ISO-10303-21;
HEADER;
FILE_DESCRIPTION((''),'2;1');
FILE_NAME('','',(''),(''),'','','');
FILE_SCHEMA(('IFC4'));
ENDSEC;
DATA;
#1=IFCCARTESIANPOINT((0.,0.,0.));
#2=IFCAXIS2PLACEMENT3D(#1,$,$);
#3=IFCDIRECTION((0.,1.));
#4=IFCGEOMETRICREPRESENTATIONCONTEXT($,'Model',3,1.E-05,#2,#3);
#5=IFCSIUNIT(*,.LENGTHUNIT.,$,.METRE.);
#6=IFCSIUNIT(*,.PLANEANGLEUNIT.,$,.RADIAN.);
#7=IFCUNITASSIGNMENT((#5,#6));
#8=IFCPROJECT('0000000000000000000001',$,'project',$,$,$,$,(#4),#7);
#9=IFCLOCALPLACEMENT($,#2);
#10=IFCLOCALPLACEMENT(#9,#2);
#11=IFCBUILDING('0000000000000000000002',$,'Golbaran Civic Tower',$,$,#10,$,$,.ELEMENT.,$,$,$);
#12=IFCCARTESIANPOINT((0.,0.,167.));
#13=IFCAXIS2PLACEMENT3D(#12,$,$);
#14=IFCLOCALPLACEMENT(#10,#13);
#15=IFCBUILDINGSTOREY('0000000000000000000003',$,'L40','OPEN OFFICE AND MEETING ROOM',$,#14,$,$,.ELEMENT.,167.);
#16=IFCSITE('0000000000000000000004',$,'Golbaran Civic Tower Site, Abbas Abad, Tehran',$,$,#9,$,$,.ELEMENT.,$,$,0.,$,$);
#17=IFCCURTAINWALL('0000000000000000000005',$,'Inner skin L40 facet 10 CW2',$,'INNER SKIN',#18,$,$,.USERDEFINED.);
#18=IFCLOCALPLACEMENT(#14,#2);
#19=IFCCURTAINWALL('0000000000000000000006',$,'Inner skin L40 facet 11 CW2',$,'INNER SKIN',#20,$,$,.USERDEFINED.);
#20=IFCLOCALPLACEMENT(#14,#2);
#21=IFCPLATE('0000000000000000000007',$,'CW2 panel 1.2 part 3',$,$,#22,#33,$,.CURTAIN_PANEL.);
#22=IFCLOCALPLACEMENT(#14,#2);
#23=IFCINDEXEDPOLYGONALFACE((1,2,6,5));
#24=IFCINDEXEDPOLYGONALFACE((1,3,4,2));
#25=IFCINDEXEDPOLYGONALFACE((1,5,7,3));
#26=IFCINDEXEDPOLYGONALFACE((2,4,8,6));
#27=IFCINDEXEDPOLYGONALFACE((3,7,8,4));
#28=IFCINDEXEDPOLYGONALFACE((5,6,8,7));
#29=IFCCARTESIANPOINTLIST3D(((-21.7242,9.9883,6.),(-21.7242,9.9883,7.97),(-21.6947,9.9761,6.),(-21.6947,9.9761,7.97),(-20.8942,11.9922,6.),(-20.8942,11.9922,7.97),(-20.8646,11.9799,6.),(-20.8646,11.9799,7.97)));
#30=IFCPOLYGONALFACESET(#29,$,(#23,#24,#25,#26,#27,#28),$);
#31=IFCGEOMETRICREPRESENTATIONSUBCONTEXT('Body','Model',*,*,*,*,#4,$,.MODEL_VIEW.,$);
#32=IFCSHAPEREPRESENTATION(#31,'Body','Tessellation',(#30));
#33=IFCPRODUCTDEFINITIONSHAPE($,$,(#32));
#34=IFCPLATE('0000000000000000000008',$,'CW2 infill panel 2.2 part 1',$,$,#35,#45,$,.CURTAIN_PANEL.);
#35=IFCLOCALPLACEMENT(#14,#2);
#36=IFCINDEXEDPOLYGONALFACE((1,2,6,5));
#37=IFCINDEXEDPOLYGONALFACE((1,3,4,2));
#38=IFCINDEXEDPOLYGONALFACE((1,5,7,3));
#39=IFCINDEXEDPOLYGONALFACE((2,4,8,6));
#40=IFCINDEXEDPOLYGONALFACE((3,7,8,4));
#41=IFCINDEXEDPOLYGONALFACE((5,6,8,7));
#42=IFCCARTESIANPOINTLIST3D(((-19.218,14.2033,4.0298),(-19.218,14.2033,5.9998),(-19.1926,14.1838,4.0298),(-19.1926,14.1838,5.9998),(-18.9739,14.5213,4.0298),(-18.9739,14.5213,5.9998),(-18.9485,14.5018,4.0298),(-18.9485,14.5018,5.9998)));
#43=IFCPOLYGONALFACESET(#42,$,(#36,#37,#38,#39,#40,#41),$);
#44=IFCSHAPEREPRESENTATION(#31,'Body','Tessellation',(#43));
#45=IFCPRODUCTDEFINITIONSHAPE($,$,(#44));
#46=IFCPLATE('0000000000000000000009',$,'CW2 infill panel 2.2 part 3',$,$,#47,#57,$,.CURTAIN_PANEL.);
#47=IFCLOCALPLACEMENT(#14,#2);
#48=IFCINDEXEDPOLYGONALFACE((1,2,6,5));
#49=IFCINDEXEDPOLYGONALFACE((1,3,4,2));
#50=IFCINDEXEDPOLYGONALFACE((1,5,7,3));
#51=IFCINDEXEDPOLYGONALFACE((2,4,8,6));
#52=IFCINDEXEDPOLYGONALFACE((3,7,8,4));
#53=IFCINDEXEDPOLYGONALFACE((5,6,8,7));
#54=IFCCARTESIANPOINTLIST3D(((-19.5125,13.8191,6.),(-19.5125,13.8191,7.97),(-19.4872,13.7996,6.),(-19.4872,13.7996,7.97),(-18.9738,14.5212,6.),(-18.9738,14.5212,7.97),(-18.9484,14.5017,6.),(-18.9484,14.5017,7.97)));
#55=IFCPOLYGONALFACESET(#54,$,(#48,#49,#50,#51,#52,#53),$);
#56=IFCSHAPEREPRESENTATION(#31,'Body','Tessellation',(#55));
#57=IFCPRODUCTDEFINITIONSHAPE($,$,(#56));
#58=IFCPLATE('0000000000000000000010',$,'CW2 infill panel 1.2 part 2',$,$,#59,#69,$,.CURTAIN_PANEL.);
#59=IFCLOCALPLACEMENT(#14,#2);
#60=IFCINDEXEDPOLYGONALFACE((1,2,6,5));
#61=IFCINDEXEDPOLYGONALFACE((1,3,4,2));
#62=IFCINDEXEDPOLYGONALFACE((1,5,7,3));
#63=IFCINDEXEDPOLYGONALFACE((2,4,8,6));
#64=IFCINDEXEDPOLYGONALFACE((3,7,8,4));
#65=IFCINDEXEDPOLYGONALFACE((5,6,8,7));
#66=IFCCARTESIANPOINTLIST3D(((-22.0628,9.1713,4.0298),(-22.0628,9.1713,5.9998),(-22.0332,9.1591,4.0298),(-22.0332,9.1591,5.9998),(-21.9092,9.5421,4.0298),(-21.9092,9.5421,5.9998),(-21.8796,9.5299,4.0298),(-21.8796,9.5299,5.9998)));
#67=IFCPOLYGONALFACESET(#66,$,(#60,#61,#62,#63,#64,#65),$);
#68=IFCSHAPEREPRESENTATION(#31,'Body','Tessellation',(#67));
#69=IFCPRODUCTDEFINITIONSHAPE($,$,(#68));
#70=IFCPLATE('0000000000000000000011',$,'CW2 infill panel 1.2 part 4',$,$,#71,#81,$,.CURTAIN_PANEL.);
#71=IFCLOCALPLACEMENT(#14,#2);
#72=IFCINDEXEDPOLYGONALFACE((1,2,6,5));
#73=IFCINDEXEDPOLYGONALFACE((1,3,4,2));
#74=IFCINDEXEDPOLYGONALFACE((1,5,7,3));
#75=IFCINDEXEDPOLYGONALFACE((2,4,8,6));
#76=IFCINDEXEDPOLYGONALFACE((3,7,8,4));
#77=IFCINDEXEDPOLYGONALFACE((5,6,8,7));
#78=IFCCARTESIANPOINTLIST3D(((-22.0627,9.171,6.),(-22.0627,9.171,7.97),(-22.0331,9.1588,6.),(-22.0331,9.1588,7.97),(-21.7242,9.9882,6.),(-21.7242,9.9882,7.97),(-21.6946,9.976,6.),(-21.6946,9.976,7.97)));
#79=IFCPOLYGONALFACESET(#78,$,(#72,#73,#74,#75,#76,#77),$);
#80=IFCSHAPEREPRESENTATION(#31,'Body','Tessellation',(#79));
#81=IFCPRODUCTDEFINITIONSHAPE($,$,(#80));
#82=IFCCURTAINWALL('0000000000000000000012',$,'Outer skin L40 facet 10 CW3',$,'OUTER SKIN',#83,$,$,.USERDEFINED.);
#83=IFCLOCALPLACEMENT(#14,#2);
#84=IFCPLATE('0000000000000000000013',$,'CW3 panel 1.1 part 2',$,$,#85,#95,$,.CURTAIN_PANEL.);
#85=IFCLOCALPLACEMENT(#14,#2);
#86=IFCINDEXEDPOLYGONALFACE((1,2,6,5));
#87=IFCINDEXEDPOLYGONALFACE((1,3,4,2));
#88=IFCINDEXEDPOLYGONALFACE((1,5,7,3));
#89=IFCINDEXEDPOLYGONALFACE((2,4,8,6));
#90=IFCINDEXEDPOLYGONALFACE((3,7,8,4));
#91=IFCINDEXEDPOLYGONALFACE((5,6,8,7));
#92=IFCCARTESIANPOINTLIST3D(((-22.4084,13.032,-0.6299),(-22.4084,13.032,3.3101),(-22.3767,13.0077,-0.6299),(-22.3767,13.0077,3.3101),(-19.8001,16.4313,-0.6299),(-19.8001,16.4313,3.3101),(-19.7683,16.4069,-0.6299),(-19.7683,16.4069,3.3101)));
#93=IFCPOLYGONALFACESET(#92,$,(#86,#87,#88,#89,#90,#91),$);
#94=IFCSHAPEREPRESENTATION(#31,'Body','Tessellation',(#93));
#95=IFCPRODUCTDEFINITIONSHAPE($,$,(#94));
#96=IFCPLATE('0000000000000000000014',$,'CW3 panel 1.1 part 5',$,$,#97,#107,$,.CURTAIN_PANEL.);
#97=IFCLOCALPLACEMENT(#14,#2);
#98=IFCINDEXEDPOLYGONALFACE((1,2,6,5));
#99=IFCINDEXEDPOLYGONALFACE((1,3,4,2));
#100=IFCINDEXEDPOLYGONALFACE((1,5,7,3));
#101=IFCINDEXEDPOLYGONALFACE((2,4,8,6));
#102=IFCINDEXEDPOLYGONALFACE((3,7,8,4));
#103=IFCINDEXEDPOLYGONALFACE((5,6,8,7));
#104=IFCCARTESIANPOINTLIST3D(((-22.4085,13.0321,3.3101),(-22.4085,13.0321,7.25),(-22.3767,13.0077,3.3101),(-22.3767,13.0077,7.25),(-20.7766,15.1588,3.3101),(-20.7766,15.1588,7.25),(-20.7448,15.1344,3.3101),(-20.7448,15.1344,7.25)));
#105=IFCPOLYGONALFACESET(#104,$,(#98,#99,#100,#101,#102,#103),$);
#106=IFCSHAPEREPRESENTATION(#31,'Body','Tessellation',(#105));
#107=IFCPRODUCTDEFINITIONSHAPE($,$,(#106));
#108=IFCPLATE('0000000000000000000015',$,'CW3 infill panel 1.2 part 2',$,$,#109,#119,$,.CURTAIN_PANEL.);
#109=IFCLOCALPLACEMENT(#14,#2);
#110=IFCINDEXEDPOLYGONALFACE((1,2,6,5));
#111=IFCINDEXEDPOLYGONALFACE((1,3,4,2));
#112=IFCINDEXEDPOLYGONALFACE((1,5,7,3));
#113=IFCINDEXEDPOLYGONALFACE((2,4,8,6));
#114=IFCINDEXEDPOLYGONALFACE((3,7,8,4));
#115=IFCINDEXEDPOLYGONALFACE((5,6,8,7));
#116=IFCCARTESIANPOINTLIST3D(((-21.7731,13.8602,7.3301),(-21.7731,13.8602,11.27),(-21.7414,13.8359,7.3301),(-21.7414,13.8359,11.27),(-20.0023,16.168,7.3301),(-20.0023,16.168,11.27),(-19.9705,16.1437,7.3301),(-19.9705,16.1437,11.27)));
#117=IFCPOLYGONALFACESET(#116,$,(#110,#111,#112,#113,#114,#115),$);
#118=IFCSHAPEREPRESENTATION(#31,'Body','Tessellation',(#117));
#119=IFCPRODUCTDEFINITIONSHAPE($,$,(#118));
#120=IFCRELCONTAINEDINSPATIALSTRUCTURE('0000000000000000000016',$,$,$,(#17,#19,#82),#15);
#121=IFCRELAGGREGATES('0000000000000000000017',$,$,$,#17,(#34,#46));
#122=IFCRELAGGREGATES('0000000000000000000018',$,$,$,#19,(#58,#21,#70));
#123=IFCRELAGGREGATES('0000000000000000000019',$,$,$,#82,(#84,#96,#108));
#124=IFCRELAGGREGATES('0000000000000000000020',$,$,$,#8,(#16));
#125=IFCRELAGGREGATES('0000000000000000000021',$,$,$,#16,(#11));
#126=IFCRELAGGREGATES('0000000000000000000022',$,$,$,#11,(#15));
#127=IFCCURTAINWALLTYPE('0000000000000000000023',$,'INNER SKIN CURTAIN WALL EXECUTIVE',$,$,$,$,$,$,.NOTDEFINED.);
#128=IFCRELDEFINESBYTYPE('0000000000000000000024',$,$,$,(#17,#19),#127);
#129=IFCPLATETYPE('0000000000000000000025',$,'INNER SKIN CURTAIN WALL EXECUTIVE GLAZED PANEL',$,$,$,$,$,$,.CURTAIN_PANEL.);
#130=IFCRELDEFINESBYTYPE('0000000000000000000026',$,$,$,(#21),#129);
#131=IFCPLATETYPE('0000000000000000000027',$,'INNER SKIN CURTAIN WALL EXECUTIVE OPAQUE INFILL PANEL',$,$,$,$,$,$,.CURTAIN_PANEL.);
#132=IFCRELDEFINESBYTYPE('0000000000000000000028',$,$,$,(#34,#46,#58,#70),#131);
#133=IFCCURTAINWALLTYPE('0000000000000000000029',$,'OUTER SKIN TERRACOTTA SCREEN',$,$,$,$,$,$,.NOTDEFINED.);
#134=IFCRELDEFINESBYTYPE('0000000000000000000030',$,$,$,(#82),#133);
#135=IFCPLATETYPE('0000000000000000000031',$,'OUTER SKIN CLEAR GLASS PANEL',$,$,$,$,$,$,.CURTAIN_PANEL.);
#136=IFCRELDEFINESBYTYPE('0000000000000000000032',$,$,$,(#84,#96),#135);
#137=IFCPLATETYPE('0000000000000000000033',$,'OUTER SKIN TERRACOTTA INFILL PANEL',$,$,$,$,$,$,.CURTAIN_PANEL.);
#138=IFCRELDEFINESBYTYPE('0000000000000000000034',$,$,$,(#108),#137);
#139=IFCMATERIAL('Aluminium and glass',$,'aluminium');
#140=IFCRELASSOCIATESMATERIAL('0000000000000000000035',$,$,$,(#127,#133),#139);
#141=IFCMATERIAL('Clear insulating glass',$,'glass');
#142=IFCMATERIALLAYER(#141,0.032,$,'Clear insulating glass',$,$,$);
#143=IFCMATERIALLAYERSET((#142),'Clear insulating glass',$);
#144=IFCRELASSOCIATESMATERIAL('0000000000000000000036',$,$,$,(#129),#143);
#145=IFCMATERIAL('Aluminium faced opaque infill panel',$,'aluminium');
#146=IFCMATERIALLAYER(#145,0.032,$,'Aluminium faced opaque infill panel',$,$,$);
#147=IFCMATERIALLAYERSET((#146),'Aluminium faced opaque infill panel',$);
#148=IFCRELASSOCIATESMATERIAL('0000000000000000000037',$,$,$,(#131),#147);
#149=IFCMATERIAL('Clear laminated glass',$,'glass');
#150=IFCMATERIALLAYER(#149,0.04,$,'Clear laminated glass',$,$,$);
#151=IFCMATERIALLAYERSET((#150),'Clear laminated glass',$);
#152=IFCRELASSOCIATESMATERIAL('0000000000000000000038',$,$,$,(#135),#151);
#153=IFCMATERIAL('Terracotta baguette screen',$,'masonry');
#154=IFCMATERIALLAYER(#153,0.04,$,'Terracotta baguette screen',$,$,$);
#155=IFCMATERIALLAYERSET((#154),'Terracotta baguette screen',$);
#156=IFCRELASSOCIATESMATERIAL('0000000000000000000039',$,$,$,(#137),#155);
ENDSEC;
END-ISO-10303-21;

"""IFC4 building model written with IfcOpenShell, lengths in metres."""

from ifc_helpers import new_model, si_unit, direction, frame, origin, origin_2d, place, context, subcontext, project, spatial, rectangle, extrude, material, layer, layer_set, type_object, element, aggregate, save


model = new_model("IFC4")

# Units and contexts
model_context = context("Model", 3, precision=1e-05, world=origin(), true_north=direction((0.0, 1.0)))
body_context = subcontext(model_context, "Body", "Model", "MODEL_VIEW")
ifc_project = project(units=[si_unit("LENGTHUNIT", "METRE"), si_unit("PLANEANGLEUNIT", "RADIAN")], contexts=[model_context])

# Site, building, storey
site_placement = place(None, origin())
site = spatial("IfcSite", under=ifc_project, at=site_placement, Name="Golbaran Civic Tower Site, Abbas Abad, Tehran", CompositionType="ELEMENT", RefElevation=0.0)
building_placement = place(site_placement, origin())
building = spatial("IfcBuilding", under=site, at=building_placement, Name="Golbaran Civic Tower", CompositionType="ELEMENT")
storey_placement = place(building_placement, frame((0.0, 0.0, 167.0)))
storey = spatial("IfcBuildingStorey", under=building, at=storey_placement, Name="L40", Description="OPEN OFFICE AND MEETING ROOM", CompositionType="ELEMENT", Elevation=167.0)

# Curtain wall
ifc_material_1 = material(Name="Aluminium and glass", Category="aluminium")
curtain_wall_type_1 = type_object("IfcCurtainWallType", Name="INNER SKIN CURTAIN WALL EXECUTIVE", PredefinedType="NOTDEFINED", material=ifc_material_1)
curtain_wall_1_placement = place(storey_placement, origin())
curtain_wall_1 = element("IfcCurtainWall", 1, at=curtain_wall_1_placement, inside=storey, type_object=curtain_wall_type_1, Name="Inner skin L40 facet 10 CW2", ObjectType="INNER SKIN", PredefinedType="USERDEFINED")

# Curtain wall
curtain_wall_2_placement = place(storey_placement, origin())
curtain_wall_2 = element("IfcCurtainWall", 2, at=curtain_wall_2_placement, inside=storey, type_object=curtain_wall_type_1, Name="Inner skin L40 facet 11 CW2", ObjectType="INNER SKIN", PredefinedType="USERDEFINED")

# Plates
ifc_material_2 = material(Name="Clear insulating glass", Category="glass")
ifc_layer_1 = layer(ifc_material_2, 0.032, Name="Clear insulating glass")
ifc_layer_set_1 = layer_set([ifc_layer_1], Name="Clear insulating glass")
plate_type_1 = type_object("IfcPlateType", Name="INNER SKIN CURTAIN WALL EXECUTIVE GLAZED PANEL", PredefinedType="CURTAIN_PANEL", material=ifc_layer_set_1)
plate_1_placement = place(storey_placement, frame((-21.2944, 10.9841, 6.0), z_axis=(0.0, 0.0, 1.0), x_axis=(-0.382683, -0.92388, 0.0)))
plate_1 = element("IfcPlate", 3, at=plate_1_placement, type_object=plate_type_1, Name="CW2 panel 1.2 part 3", PredefinedType="CURTAIN_PANEL", context=body_context, shape_type="SweptSolid", body=[
    extrude(rectangle(XDim=2.1689, YDim=0.032, at=origin_2d()), origin(), (0.0, 0.0, 1.0), 1.97),
])
ifc_material_3 = material(Name="Aluminium faced opaque infill panel", Category="aluminium")
ifc_layer_2 = layer(ifc_material_3, 0.032, Name="Aluminium faced opaque infill panel")
ifc_layer_set_2 = layer_set([ifc_layer_2], Name="Aluminium faced opaque infill panel")
plate_type_2 = type_object("IfcPlateType", Name="INNER SKIN CURTAIN WALL EXECUTIVE OPAQUE INFILL PANEL", PredefinedType="CURTAIN_PANEL", material=ifc_layer_set_2)
plate_2_placement = place(storey_placement, frame((-19.0833, 14.3525, 4.0298), z_axis=(0.0, 0.0, 1.0), x_axis=(-0.608761, -0.793353, 0.0)))
plate_2 = element("IfcPlate", 4, at=plate_2_placement, type_object=plate_type_2, Name="CW2 infill panel 2.2 part 1", PredefinedType="CURTAIN_PANEL", context=body_context, shape_type="SweptSolid", body=[
    extrude(rectangle(XDim=0.4009, YDim=0.032, at=origin_2d()), origin(), (0.0, 0.0, 1.0), 1.97),
])
plate_3_placement = place(storey_placement, frame((-19.2305, 14.1604, 6.0), z_axis=(0.0, 0.0, 1.0), x_axis=(-0.608761, -0.793353, 0.0)))
plate_3 = element("IfcPlate", 5, at=plate_3_placement, type_object=plate_type_2, Name="CW2 infill panel 2.2 part 3", PredefinedType="CURTAIN_PANEL", context=body_context, shape_type="SweptSolid", body=[
    extrude(rectangle(XDim=0.885, YDim=0.032, at=origin_2d()), origin(), (0.0, 0.0, 1.0), 1.97),
])
aggregate(curtain_wall_1, [plate_2, plate_3])
plate_4_placement = place(storey_placement, frame((-21.9712, 9.3506, 4.0298), z_axis=(0.0, 0.0, 1.0), x_axis=(-0.382683, -0.92388, 0.0)))
plate_4 = element("IfcPlate", 6, at=plate_4_placement, type_object=plate_type_2, Name="CW2 infill panel 1.2 part 2", PredefinedType="CURTAIN_PANEL", context=body_context, shape_type="SweptSolid", body=[
    extrude(rectangle(XDim=0.4014, YDim=0.032, at=origin_2d()), origin(), (0.0, 0.0, 1.0), 1.97),
])
plate_5_placement = place(storey_placement, frame((-21.8787, 9.5735, 6.0), z_axis=(0.0, 0.0, 1.0), x_axis=(-0.382683, -0.92388, 0.0)))
plate_5 = element("IfcPlate", 7, at=plate_5_placement, type_object=plate_type_2, Name="CW2 infill panel 1.2 part 4", PredefinedType="CURTAIN_PANEL", context=body_context, shape_type="SweptSolid", body=[
    extrude(rectangle(XDim=0.8845, YDim=0.032, at=origin_2d()), origin(), (0.0, 0.0, 1.0), 1.97),
])
aggregate(curtain_wall_2, [plate_4, plate_1, plate_5])

# Curtain wall, plates
curtain_wall_type_2 = type_object("IfcCurtainWallType", Name="OUTER SKIN TERRACOTTA SCREEN", PredefinedType="NOTDEFINED", material=ifc_material_1)
curtain_wall_3_placement = place(storey_placement, origin())
curtain_wall_3 = element("IfcCurtainWall", 8, at=curtain_wall_3_placement, inside=storey, type_object=curtain_wall_type_2, Name="Outer skin L40 facet 10 CW3", ObjectType="OUTER SKIN", PredefinedType="USERDEFINED")
ifc_material_4 = material(Name="Clear laminated glass", Category="glass")
ifc_layer_3 = layer(ifc_material_4, 0.04, Name="Clear laminated glass")
ifc_layer_set_3 = layer_set([ifc_layer_3], Name="Clear laminated glass")
plate_type_3 = type_object("IfcPlateType", Name="OUTER SKIN CLEAR GLASS PANEL", PredefinedType="CURTAIN_PANEL", material=ifc_layer_set_3)
plate_6_placement = place(storey_placement, frame((-21.0884, 14.7195, -0.6299), z_axis=(0.0, 0.0, 1.0), x_axis=(-0.608761, -0.793353, 0.0)))
plate_6 = element("IfcPlate", 9, at=plate_6_placement, type_object=plate_type_3, Name="CW3 panel 1.1 part 2", PredefinedType="CURTAIN_PANEL", context=body_context, shape_type="SweptSolid", body=[
    extrude(rectangle(XDim=4.2847, YDim=0.04, at=origin_2d()), origin(), (0.0, 0.0, 1.0), 3.9399),
])
plate_7_placement = place(storey_placement, frame((-21.5767, 14.0833, 3.3101), z_axis=(0.0, 0.0, 1.0), x_axis=(-0.608761, -0.793353, 0.0)))
plate_7 = element("IfcPlate", 10, at=plate_7_placement, type_object=plate_type_3, Name="CW3 panel 1.1 part 5", PredefinedType="CURTAIN_PANEL", context=body_context, shape_type="SweptSolid", body=[
    extrude(rectangle(XDim=2.6807, YDim=0.04, at=origin_2d()), origin(), (0.0, 0.0, 1.0), 3.9399),
])
ifc_material_5 = material(Name="Terracotta baguette screen", Category="masonry")
ifc_layer_4 = layer(ifc_material_5, 0.04, Name="Terracotta baguette screen")
ifc_layer_set_4 = layer_set([ifc_layer_4], Name="Terracotta baguette screen")
plate_type_4 = type_object("IfcPlateType", Name="OUTER SKIN TERRACOTTA INFILL PANEL", PredefinedType="CURTAIN_PANEL", material=ifc_layer_set_4)
plate_8_placement = place(storey_placement, frame((-20.8718, 15.002, 7.3301), z_axis=(0.0, 0.0, 1.0), x_axis=(-0.608761, -0.793353, 0.0)))
plate_8 = element("IfcPlate", 11, at=plate_8_placement, type_object=plate_type_4, Name="CW3 infill panel 1.2 part 2", PredefinedType="CURTAIN_PANEL", context=body_context, shape_type="SweptSolid", body=[
    extrude(rectangle(XDim=2.9089, YDim=0.04, at=origin_2d()), origin(), (0.0, 0.0, 1.0), 3.9399),
])
aggregate(curtain_wall_3, [plate_6, plate_7, plate_8])

save(model, "model.ifc")
